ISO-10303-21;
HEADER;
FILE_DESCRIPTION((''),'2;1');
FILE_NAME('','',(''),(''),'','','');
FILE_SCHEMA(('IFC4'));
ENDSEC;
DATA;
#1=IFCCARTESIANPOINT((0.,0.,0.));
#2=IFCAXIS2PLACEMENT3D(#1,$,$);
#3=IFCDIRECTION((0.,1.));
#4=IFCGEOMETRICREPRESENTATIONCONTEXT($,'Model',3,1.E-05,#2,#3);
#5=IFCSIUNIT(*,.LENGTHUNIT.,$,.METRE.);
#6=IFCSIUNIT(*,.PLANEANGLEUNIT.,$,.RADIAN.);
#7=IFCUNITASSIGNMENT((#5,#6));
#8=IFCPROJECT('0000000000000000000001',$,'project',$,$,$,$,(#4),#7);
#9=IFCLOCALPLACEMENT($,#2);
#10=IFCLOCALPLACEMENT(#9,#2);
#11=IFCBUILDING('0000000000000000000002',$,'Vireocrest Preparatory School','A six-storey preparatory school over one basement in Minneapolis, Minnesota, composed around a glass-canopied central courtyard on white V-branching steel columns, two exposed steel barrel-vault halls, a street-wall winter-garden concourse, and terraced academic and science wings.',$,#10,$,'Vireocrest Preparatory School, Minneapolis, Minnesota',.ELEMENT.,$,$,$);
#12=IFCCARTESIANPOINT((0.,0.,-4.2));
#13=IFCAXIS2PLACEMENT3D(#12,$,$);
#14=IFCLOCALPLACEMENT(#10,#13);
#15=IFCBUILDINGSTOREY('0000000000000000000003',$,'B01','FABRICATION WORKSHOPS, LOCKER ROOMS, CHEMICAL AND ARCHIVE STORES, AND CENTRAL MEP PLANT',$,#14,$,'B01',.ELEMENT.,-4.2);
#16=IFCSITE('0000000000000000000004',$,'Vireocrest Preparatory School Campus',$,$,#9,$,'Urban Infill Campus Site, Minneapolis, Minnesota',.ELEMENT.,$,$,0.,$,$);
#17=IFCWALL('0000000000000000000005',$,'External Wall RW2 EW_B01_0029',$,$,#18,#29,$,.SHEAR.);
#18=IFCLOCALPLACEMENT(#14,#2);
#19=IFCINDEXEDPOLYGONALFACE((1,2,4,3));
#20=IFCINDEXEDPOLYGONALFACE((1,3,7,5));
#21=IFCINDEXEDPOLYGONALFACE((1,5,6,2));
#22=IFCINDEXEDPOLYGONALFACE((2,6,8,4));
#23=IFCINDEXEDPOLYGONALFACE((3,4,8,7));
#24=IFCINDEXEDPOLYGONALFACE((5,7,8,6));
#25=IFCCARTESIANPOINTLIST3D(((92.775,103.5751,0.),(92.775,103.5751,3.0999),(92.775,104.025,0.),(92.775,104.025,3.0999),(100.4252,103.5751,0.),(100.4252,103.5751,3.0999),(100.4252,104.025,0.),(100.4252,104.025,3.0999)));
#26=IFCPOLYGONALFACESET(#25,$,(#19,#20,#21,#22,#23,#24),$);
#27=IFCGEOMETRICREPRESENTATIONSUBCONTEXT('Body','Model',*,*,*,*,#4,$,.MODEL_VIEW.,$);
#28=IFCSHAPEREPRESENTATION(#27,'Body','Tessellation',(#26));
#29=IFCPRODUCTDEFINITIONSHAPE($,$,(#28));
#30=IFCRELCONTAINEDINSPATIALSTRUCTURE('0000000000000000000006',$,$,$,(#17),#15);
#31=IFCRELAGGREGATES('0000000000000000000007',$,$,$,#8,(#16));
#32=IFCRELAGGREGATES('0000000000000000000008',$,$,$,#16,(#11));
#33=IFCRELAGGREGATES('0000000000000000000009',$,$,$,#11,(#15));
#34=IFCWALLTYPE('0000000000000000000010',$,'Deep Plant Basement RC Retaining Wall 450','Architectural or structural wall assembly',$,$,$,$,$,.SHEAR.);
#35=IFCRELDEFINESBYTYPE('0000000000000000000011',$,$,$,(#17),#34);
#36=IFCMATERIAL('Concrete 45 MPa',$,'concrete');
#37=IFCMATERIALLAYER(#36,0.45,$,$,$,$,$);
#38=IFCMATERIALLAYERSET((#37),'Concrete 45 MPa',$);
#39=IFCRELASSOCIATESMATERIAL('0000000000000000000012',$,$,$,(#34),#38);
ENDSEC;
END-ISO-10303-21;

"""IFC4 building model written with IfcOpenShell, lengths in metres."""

from ifc_helpers import new_model, si_unit, direction, frame, frame_2d, origin, place, context, subcontext, project, spatial, rectangle, extrude, material, layer, layer_set, type_object, element, save


model = new_model("IFC4")

# Units and contexts
model_context = context("Model", 3, precision=1e-05, world=origin(), true_north=direction((0.0, 1.0)))
body_context = subcontext(model_context, "Body", "Model", "MODEL_VIEW")
ifc_project = project(units=[si_unit("LENGTHUNIT", "METRE"), si_unit("PLANEANGLEUNIT", "RADIAN")], contexts=[model_context])

# Site, building, storey
site_placement = place(None, origin())
site = spatial("IfcSite", under=ifc_project, at=site_placement, Name="Vireocrest Preparatory School Campus", LongName="Urban Infill Campus Site, Minneapolis, Minnesota", CompositionType="ELEMENT", RefElevation=0.0)
building_placement = place(site_placement, origin())
building = spatial("IfcBuilding", under=site, at=building_placement, Name="Vireocrest Preparatory School", Description="A six-storey preparatory school over one basement in Minneapolis, Minnesota, composed around a glass-canopied central courtyard on white V-branching steel columns, two exposed steel barrel-vault halls, a street-wall winter-garden concourse, and terraced academic and science wings.", LongName="Vireocrest Preparatory School, Minneapolis, Minnesota", CompositionType="ELEMENT")
storey_placement = place(building_placement, frame((0.0, 0.0, -4.2)))
storey = spatial("IfcBuildingStorey", under=building, at=storey_placement, Name="B01", Description="FABRICATION WORKSHOPS, LOCKER ROOMS, CHEMICAL AND ARCHIVE STORES, AND CENTRAL MEP PLANT", LongName="B01", CompositionType="ELEMENT", Elevation=-4.2)

# Shared definitions
ifc_material_1 = material(Name="Concrete 45 MPa", Category="concrete")

# Wall
ifc_layer = layer(ifc_material_1, 0.45)
ifc_layer_set = layer_set([ifc_layer], Name="Concrete 45 MPa")
wall_type = type_object("IfcWallType", Name="Deep Plant Basement RC Retaining Wall 450", Description="Architectural or structural wall assembly", PredefinedType="SHEAR", material=ifc_layer_set)
wall_1_placement = place(storey_placement, frame((92.7749, 103.8, 0.0), z_axis=(0.0, 0.0, 1.0), x_axis=(1.0, 0.0, 0.0)))
element("IfcWall", 1, at=wall_1_placement, inside=storey, type_object=wall_type, Name="External Wall RW2 EW_B01_0029", PredefinedType="SHEAR", context=body_context, shape_type="SweptSolid", body=[
    extrude(rectangle(XDim=7.6501, YDim=0.45, at=frame_2d((3.8252, 0.0))), origin(), (0.0, 0.0, 1.0), 3.0999),
])

save(model, "model.ifc")
